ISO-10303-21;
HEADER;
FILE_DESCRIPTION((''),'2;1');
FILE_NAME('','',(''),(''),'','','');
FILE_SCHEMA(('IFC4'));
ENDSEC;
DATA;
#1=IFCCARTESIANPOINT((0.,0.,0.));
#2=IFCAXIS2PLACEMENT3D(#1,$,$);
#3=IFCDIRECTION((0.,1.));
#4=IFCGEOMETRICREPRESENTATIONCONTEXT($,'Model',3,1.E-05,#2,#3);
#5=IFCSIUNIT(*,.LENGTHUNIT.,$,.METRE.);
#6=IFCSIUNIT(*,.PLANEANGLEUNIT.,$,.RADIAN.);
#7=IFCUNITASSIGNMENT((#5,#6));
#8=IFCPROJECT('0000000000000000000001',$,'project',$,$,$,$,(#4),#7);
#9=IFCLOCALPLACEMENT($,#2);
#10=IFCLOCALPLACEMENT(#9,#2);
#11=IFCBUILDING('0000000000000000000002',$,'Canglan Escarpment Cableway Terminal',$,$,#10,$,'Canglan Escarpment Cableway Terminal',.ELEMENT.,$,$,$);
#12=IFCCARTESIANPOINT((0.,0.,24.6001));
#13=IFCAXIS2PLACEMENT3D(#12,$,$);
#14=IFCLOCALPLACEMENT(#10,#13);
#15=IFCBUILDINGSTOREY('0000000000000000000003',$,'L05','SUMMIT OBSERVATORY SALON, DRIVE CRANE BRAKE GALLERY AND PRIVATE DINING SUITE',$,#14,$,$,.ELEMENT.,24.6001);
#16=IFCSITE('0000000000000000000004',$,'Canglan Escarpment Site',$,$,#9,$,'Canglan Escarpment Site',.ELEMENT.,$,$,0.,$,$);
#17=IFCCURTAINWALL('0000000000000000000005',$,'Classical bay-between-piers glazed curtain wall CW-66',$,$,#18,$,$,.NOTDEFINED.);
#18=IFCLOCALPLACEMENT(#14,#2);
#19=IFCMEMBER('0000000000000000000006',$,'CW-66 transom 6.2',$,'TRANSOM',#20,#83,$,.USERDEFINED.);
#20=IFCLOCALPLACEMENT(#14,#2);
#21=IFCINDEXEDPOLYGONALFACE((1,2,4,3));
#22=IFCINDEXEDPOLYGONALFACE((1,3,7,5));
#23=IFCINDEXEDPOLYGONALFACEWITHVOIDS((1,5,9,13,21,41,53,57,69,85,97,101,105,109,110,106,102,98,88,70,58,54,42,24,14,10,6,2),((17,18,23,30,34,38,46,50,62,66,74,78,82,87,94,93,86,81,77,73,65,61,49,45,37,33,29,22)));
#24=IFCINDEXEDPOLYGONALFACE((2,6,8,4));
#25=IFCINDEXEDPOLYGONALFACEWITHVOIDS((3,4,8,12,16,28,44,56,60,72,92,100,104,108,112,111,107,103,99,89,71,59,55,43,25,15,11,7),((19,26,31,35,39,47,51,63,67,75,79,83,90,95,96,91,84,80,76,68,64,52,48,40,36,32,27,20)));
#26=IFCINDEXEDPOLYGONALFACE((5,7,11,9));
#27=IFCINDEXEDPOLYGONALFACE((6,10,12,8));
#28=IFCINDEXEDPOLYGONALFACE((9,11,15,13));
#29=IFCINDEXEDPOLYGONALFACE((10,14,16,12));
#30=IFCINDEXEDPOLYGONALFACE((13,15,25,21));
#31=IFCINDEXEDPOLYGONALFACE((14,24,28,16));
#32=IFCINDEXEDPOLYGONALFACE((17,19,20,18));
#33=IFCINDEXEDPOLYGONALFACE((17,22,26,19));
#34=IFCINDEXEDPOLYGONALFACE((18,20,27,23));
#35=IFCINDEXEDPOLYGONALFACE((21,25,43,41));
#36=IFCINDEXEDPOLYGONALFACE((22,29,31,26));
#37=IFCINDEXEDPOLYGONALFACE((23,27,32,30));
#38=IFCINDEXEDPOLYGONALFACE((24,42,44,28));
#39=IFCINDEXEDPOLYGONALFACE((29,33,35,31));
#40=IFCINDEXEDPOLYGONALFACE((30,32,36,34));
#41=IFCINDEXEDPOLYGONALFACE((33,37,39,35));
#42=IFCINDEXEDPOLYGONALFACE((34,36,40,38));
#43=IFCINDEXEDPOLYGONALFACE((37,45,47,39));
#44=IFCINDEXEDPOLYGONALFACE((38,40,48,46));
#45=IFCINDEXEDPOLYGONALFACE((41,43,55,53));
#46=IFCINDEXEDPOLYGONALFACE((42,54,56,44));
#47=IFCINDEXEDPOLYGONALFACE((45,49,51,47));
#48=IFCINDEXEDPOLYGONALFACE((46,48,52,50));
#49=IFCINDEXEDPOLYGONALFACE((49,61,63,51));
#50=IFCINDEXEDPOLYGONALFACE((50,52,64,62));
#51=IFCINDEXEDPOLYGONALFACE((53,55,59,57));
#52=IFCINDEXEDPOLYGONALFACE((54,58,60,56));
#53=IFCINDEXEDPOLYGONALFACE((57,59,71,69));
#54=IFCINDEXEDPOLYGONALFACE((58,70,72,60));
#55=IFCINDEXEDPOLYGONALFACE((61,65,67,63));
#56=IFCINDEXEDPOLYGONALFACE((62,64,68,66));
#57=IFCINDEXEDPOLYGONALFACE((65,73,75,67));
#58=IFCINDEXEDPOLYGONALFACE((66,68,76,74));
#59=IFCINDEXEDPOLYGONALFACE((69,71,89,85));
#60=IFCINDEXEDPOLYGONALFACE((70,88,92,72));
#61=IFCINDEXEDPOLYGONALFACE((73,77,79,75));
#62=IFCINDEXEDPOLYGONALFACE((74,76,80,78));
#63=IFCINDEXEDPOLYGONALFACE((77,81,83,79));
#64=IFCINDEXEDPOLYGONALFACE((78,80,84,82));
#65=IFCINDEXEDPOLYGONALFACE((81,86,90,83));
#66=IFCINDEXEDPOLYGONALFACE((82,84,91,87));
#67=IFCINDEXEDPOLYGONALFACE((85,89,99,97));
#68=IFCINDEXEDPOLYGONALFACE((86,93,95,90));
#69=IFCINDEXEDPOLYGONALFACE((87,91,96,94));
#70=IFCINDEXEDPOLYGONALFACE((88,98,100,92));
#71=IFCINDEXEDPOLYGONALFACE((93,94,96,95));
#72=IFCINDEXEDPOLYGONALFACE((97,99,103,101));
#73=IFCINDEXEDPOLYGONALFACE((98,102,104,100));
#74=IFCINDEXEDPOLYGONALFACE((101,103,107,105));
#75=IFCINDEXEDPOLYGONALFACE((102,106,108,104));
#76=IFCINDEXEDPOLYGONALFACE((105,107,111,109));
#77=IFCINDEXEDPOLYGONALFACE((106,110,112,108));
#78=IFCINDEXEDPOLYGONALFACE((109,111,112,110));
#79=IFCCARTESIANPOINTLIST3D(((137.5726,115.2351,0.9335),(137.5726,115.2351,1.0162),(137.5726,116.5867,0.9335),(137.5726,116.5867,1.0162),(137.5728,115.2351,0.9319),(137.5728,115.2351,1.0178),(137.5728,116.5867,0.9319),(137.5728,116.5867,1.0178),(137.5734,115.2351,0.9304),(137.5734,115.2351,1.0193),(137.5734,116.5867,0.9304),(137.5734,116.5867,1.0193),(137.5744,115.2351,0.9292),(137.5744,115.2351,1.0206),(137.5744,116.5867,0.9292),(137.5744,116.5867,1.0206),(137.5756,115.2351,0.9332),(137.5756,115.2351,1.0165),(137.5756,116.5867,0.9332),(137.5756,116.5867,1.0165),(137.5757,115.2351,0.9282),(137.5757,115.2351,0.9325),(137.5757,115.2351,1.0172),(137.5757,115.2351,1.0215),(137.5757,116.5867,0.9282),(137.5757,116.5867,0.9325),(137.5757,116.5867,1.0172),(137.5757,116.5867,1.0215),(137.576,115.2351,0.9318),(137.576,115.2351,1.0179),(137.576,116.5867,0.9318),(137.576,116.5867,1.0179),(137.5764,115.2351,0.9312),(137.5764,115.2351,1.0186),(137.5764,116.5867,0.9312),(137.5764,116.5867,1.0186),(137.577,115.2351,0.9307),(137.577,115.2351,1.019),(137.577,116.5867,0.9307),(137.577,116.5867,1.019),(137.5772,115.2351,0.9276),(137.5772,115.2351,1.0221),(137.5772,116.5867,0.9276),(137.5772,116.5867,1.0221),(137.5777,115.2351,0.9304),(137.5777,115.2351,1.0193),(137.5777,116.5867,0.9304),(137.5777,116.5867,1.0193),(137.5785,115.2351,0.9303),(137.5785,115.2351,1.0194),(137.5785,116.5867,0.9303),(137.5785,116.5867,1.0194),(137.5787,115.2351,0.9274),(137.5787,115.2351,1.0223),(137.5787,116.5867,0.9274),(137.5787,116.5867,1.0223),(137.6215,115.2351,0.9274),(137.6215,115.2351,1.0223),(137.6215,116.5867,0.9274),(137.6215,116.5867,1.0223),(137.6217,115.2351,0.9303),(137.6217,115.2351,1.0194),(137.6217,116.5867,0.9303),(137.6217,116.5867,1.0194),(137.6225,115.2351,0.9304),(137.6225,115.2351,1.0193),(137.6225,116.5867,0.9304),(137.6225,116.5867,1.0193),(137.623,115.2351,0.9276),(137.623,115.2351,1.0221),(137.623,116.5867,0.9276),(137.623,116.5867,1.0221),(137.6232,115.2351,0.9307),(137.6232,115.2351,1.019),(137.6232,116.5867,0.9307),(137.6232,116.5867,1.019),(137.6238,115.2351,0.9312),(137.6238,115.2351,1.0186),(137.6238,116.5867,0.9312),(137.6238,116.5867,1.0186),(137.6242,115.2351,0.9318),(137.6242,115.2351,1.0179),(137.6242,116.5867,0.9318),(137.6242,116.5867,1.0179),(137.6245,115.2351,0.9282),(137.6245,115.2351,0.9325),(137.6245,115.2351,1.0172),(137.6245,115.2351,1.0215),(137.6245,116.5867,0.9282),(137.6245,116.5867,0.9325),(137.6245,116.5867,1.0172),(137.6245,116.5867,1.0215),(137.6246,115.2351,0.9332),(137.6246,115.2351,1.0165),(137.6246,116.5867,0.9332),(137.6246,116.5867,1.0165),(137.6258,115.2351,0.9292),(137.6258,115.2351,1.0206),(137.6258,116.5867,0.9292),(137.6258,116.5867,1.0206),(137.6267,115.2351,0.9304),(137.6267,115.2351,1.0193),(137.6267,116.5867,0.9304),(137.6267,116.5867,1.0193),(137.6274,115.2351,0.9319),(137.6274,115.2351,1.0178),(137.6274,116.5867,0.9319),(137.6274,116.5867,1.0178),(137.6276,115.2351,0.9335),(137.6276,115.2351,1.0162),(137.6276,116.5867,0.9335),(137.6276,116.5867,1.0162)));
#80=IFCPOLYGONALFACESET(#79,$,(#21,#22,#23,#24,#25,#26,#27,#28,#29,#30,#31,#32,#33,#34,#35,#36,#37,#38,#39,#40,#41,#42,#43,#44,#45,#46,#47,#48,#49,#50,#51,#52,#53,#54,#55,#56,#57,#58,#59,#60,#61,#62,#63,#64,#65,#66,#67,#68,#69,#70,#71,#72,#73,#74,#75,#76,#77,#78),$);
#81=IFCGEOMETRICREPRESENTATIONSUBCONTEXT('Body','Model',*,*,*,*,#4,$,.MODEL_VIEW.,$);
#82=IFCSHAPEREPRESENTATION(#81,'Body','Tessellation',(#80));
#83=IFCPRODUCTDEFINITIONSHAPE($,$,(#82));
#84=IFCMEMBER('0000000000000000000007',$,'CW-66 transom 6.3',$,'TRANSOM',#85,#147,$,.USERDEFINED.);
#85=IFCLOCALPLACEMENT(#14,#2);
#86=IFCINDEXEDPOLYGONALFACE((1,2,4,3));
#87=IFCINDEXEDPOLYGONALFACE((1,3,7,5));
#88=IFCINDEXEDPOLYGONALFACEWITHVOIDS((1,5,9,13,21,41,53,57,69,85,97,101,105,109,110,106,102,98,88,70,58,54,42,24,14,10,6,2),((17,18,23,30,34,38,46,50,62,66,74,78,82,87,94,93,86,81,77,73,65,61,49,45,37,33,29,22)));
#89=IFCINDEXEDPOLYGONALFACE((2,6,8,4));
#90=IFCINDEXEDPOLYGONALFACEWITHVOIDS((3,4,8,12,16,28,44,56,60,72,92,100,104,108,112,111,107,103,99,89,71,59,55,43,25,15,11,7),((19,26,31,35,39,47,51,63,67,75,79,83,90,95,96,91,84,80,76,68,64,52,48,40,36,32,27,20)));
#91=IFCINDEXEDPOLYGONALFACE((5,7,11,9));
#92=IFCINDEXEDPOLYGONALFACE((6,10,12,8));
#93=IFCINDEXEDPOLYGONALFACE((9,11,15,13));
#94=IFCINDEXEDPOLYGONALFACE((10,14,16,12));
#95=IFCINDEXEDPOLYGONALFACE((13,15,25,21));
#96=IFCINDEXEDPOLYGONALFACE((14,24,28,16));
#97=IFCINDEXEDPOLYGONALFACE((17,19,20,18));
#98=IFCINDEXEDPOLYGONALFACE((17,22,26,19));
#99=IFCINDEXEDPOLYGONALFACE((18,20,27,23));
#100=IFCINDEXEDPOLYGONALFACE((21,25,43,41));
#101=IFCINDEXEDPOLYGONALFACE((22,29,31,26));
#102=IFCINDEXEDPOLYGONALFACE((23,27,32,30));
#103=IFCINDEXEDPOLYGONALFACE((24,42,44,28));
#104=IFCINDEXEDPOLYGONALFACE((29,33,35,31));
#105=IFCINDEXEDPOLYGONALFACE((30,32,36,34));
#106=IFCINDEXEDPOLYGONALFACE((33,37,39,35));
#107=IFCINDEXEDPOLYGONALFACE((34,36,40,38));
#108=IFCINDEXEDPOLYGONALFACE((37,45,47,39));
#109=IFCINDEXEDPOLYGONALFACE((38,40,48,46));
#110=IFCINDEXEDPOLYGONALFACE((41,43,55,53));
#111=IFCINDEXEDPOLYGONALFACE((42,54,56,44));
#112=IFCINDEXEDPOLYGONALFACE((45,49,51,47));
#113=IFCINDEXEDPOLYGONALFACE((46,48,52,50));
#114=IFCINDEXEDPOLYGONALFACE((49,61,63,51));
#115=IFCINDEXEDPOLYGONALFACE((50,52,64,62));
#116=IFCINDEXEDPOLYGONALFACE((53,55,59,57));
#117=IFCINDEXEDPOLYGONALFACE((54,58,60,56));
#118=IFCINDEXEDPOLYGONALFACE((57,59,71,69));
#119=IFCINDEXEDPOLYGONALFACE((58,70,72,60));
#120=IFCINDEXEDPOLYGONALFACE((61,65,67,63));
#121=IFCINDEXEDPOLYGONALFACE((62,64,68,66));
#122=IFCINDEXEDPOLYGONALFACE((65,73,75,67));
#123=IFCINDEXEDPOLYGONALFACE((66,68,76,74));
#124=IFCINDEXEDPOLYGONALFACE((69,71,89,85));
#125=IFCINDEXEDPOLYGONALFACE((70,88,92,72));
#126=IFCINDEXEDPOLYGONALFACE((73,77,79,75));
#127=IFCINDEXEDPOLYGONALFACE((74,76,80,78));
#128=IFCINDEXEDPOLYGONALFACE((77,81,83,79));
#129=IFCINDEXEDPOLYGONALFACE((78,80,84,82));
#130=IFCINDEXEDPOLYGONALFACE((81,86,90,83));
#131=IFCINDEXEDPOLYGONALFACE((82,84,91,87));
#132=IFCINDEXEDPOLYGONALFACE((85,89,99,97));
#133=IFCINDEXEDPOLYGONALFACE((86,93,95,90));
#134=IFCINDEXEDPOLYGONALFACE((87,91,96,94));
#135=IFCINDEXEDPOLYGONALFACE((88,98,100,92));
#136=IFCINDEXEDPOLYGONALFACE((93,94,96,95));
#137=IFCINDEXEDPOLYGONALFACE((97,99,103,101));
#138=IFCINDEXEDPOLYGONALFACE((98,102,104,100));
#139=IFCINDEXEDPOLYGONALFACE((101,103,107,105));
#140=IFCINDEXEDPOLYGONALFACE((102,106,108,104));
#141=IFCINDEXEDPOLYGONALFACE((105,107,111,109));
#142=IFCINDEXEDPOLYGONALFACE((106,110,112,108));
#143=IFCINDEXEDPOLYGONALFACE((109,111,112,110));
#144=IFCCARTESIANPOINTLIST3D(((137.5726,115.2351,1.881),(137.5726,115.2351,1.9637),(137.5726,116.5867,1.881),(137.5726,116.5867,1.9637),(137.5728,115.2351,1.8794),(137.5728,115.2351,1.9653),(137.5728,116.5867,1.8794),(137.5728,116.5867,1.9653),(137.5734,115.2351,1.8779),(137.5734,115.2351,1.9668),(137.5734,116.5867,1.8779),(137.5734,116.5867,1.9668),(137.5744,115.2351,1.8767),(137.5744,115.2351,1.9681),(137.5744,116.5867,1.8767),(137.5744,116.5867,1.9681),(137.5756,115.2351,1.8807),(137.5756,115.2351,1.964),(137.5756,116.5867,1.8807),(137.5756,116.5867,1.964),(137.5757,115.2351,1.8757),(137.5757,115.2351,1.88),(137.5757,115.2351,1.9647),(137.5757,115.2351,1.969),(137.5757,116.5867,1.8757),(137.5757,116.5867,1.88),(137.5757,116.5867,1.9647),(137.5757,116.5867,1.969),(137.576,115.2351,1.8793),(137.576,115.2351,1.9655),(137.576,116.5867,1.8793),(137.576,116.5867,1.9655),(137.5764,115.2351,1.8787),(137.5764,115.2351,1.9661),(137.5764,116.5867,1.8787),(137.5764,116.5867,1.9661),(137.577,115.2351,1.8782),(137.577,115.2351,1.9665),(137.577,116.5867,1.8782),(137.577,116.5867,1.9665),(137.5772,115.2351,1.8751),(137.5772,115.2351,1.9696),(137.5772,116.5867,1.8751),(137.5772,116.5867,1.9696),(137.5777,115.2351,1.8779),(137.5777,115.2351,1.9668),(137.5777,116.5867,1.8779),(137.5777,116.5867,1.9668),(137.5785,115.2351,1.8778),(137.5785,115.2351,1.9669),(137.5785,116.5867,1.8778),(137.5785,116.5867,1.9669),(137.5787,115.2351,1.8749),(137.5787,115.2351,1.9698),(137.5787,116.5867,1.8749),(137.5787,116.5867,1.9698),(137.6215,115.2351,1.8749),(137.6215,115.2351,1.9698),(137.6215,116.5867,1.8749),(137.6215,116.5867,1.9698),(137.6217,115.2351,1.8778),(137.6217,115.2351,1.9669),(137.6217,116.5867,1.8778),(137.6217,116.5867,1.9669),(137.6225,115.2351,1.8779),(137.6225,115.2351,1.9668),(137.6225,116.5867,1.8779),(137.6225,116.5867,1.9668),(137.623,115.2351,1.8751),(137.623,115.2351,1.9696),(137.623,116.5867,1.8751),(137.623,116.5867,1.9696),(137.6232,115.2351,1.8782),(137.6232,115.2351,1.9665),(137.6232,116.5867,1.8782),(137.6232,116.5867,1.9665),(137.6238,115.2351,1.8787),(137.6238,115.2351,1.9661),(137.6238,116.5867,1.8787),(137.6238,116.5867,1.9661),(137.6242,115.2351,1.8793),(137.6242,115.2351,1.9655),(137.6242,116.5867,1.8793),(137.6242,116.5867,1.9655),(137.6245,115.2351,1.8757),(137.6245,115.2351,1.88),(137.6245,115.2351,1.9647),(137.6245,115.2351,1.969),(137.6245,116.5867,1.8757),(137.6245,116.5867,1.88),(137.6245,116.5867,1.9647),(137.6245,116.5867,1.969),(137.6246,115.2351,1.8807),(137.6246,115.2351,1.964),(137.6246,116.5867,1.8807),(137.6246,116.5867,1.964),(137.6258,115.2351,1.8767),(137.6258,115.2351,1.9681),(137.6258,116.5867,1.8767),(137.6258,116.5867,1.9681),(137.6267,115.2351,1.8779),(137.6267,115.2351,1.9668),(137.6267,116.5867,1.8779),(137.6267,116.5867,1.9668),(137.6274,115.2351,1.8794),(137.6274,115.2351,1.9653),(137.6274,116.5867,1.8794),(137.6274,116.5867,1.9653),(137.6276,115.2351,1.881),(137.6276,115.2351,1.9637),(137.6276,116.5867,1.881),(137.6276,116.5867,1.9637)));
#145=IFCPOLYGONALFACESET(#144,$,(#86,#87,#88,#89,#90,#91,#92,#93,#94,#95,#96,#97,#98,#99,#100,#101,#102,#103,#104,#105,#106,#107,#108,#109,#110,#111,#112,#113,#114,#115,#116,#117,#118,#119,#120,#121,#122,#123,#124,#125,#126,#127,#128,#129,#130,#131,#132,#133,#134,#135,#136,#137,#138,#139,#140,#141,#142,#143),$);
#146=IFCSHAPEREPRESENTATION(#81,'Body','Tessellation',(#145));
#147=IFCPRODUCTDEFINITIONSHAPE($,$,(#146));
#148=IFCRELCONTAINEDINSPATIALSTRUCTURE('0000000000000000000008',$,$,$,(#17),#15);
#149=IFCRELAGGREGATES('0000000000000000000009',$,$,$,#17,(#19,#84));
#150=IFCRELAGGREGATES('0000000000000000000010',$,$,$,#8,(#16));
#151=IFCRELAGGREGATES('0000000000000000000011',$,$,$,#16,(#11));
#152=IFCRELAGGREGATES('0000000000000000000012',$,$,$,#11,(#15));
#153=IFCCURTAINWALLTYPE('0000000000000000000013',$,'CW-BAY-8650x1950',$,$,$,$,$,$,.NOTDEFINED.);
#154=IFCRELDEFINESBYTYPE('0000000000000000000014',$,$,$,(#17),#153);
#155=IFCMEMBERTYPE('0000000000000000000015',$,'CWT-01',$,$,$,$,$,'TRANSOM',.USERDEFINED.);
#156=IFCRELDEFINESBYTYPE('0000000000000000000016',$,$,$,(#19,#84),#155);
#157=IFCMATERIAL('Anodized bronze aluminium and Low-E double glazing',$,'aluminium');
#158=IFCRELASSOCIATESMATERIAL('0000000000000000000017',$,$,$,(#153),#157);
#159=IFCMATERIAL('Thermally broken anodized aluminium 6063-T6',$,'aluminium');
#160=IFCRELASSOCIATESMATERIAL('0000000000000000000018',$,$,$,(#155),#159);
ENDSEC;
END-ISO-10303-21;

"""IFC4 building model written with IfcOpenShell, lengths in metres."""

from ifc_helpers import new_model, si_unit, direction, frame, origin, origin_2d, place, context, subcontext, project, spatial, hollow_rectangle, extrude, material, material_profile, profile_set, type_object, element, aggregate, save


model = new_model("IFC4")

# Units and contexts
model_context = context("Model", 3, precision=1e-05, world=origin(), true_north=direction((0.0, 1.0)))
body_context = subcontext(model_context, "Body", "Model", "MODEL_VIEW")
ifc_project = project(units=[si_unit("LENGTHUNIT", "METRE"), si_unit("PLANEANGLEUNIT", "RADIAN")], contexts=[model_context])

# Site, building, storey
site_placement = place(None, origin())
site = spatial("IfcSite", under=ifc_project, at=site_placement, Name="Canglan Escarpment Site", LongName="Canglan Escarpment Site", CompositionType="ELEMENT", RefElevation=0.0)
building_placement = place(site_placement, origin())
building = spatial("IfcBuilding", under=site, at=building_placement, Name="Canglan Escarpment Cableway Terminal", LongName="Canglan Escarpment Cableway Terminal", CompositionType="ELEMENT")
storey_placement = place(building_placement, frame((0.0, 0.0, 24.6001)))
storey = spatial("IfcBuildingStorey", under=building, at=storey_placement, Name="L05", Description="SUMMIT OBSERVATORY SALON, DRIVE CRANE BRAKE GALLERY AND PRIVATE DINING SUITE", CompositionType="ELEMENT", Elevation=24.6001)

# Curtain wall
ifc_material_1 = material(Name="Anodized bronze aluminium and Low-E double glazing", Category="aluminium")
curtain_wall_type = type_object("IfcCurtainWallType", Name="CW-BAY-8650x1950", PredefinedType="NOTDEFINED", material=ifc_material_1)
curtain_wall_1_placement = place(storey_placement, origin())
curtain_wall_1 = element("IfcCurtainWall", 1, at=curtain_wall_1_placement, inside=storey, type_object=curtain_wall_type, Name="Classical bay-between-piers glazed curtain wall CW-66", PredefinedType="NOTDEFINED")
ifc_material_2 = material(Name="Thermally broken anodized aluminium 6063-T6", Category="aluminium")

# Members
ifc_material_profile_1 = material_profile(ifc_material_2, hollow_rectangle(XDim=0.0549, YDim=0.095, WallThickness=0.0029, InnerFilletRadius=0.0029, OuterFilletRadius=0.0061, at=origin_2d()), Name="ALU-TRAN 55x95x3")
ifc_profile_set_1 = profile_set([ifc_material_profile_1], Name="Thermally broken anodized aluminium 6063-T6")
member_type_1 = type_object("IfcMemberType", Name="CWT-01", ElementType="TRANSOM", PredefinedType="USERDEFINED", material=ifc_profile_set_1)
member_1_placement = place(storey_placement, frame((137.6001, 116.5867, 0.9749), z_axis=(0.0, -1.0, 0.0), x_axis=(1.0, 0.0, 0.0)))
member_1 = element("IfcMember", 2, at=member_1_placement, type_object=member_type_1, Name="CW-66 transom 6.2", ObjectType="TRANSOM", PredefinedType="USERDEFINED", context=body_context, shape_type="SweptSolid", body=[
    extrude(hollow_rectangle(XDim=0.0549, YDim=0.095, WallThickness=0.0029, InnerFilletRadius=0.0029, OuterFilletRadius=0.0061, at=origin_2d()), origin(), (0.0, 0.0, 1.0), 1.3516),
])
member_2_placement = place(storey_placement, frame((137.6001, 116.5867, 1.9224), z_axis=(0.0, -1.0, 0.0), x_axis=(1.0, 0.0, 0.0)))
member_2 = element("IfcMember", 3, at=member_2_placement, type_object=member_type_1, Name="CW-66 transom 6.3", ObjectType="TRANSOM", PredefinedType="USERDEFINED", context=body_context, shape_type="SweptSolid", body=[
    extrude(hollow_rectangle(XDim=0.0549, YDim=0.095, WallThickness=0.0029, InnerFilletRadius=0.0029, OuterFilletRadius=0.0061, at=origin_2d()), origin(), (0.0, 0.0, 1.0), 1.3516),
])

aggregate(curtain_wall_1, [member_1, member_2])

save(model, "model.ifc")
